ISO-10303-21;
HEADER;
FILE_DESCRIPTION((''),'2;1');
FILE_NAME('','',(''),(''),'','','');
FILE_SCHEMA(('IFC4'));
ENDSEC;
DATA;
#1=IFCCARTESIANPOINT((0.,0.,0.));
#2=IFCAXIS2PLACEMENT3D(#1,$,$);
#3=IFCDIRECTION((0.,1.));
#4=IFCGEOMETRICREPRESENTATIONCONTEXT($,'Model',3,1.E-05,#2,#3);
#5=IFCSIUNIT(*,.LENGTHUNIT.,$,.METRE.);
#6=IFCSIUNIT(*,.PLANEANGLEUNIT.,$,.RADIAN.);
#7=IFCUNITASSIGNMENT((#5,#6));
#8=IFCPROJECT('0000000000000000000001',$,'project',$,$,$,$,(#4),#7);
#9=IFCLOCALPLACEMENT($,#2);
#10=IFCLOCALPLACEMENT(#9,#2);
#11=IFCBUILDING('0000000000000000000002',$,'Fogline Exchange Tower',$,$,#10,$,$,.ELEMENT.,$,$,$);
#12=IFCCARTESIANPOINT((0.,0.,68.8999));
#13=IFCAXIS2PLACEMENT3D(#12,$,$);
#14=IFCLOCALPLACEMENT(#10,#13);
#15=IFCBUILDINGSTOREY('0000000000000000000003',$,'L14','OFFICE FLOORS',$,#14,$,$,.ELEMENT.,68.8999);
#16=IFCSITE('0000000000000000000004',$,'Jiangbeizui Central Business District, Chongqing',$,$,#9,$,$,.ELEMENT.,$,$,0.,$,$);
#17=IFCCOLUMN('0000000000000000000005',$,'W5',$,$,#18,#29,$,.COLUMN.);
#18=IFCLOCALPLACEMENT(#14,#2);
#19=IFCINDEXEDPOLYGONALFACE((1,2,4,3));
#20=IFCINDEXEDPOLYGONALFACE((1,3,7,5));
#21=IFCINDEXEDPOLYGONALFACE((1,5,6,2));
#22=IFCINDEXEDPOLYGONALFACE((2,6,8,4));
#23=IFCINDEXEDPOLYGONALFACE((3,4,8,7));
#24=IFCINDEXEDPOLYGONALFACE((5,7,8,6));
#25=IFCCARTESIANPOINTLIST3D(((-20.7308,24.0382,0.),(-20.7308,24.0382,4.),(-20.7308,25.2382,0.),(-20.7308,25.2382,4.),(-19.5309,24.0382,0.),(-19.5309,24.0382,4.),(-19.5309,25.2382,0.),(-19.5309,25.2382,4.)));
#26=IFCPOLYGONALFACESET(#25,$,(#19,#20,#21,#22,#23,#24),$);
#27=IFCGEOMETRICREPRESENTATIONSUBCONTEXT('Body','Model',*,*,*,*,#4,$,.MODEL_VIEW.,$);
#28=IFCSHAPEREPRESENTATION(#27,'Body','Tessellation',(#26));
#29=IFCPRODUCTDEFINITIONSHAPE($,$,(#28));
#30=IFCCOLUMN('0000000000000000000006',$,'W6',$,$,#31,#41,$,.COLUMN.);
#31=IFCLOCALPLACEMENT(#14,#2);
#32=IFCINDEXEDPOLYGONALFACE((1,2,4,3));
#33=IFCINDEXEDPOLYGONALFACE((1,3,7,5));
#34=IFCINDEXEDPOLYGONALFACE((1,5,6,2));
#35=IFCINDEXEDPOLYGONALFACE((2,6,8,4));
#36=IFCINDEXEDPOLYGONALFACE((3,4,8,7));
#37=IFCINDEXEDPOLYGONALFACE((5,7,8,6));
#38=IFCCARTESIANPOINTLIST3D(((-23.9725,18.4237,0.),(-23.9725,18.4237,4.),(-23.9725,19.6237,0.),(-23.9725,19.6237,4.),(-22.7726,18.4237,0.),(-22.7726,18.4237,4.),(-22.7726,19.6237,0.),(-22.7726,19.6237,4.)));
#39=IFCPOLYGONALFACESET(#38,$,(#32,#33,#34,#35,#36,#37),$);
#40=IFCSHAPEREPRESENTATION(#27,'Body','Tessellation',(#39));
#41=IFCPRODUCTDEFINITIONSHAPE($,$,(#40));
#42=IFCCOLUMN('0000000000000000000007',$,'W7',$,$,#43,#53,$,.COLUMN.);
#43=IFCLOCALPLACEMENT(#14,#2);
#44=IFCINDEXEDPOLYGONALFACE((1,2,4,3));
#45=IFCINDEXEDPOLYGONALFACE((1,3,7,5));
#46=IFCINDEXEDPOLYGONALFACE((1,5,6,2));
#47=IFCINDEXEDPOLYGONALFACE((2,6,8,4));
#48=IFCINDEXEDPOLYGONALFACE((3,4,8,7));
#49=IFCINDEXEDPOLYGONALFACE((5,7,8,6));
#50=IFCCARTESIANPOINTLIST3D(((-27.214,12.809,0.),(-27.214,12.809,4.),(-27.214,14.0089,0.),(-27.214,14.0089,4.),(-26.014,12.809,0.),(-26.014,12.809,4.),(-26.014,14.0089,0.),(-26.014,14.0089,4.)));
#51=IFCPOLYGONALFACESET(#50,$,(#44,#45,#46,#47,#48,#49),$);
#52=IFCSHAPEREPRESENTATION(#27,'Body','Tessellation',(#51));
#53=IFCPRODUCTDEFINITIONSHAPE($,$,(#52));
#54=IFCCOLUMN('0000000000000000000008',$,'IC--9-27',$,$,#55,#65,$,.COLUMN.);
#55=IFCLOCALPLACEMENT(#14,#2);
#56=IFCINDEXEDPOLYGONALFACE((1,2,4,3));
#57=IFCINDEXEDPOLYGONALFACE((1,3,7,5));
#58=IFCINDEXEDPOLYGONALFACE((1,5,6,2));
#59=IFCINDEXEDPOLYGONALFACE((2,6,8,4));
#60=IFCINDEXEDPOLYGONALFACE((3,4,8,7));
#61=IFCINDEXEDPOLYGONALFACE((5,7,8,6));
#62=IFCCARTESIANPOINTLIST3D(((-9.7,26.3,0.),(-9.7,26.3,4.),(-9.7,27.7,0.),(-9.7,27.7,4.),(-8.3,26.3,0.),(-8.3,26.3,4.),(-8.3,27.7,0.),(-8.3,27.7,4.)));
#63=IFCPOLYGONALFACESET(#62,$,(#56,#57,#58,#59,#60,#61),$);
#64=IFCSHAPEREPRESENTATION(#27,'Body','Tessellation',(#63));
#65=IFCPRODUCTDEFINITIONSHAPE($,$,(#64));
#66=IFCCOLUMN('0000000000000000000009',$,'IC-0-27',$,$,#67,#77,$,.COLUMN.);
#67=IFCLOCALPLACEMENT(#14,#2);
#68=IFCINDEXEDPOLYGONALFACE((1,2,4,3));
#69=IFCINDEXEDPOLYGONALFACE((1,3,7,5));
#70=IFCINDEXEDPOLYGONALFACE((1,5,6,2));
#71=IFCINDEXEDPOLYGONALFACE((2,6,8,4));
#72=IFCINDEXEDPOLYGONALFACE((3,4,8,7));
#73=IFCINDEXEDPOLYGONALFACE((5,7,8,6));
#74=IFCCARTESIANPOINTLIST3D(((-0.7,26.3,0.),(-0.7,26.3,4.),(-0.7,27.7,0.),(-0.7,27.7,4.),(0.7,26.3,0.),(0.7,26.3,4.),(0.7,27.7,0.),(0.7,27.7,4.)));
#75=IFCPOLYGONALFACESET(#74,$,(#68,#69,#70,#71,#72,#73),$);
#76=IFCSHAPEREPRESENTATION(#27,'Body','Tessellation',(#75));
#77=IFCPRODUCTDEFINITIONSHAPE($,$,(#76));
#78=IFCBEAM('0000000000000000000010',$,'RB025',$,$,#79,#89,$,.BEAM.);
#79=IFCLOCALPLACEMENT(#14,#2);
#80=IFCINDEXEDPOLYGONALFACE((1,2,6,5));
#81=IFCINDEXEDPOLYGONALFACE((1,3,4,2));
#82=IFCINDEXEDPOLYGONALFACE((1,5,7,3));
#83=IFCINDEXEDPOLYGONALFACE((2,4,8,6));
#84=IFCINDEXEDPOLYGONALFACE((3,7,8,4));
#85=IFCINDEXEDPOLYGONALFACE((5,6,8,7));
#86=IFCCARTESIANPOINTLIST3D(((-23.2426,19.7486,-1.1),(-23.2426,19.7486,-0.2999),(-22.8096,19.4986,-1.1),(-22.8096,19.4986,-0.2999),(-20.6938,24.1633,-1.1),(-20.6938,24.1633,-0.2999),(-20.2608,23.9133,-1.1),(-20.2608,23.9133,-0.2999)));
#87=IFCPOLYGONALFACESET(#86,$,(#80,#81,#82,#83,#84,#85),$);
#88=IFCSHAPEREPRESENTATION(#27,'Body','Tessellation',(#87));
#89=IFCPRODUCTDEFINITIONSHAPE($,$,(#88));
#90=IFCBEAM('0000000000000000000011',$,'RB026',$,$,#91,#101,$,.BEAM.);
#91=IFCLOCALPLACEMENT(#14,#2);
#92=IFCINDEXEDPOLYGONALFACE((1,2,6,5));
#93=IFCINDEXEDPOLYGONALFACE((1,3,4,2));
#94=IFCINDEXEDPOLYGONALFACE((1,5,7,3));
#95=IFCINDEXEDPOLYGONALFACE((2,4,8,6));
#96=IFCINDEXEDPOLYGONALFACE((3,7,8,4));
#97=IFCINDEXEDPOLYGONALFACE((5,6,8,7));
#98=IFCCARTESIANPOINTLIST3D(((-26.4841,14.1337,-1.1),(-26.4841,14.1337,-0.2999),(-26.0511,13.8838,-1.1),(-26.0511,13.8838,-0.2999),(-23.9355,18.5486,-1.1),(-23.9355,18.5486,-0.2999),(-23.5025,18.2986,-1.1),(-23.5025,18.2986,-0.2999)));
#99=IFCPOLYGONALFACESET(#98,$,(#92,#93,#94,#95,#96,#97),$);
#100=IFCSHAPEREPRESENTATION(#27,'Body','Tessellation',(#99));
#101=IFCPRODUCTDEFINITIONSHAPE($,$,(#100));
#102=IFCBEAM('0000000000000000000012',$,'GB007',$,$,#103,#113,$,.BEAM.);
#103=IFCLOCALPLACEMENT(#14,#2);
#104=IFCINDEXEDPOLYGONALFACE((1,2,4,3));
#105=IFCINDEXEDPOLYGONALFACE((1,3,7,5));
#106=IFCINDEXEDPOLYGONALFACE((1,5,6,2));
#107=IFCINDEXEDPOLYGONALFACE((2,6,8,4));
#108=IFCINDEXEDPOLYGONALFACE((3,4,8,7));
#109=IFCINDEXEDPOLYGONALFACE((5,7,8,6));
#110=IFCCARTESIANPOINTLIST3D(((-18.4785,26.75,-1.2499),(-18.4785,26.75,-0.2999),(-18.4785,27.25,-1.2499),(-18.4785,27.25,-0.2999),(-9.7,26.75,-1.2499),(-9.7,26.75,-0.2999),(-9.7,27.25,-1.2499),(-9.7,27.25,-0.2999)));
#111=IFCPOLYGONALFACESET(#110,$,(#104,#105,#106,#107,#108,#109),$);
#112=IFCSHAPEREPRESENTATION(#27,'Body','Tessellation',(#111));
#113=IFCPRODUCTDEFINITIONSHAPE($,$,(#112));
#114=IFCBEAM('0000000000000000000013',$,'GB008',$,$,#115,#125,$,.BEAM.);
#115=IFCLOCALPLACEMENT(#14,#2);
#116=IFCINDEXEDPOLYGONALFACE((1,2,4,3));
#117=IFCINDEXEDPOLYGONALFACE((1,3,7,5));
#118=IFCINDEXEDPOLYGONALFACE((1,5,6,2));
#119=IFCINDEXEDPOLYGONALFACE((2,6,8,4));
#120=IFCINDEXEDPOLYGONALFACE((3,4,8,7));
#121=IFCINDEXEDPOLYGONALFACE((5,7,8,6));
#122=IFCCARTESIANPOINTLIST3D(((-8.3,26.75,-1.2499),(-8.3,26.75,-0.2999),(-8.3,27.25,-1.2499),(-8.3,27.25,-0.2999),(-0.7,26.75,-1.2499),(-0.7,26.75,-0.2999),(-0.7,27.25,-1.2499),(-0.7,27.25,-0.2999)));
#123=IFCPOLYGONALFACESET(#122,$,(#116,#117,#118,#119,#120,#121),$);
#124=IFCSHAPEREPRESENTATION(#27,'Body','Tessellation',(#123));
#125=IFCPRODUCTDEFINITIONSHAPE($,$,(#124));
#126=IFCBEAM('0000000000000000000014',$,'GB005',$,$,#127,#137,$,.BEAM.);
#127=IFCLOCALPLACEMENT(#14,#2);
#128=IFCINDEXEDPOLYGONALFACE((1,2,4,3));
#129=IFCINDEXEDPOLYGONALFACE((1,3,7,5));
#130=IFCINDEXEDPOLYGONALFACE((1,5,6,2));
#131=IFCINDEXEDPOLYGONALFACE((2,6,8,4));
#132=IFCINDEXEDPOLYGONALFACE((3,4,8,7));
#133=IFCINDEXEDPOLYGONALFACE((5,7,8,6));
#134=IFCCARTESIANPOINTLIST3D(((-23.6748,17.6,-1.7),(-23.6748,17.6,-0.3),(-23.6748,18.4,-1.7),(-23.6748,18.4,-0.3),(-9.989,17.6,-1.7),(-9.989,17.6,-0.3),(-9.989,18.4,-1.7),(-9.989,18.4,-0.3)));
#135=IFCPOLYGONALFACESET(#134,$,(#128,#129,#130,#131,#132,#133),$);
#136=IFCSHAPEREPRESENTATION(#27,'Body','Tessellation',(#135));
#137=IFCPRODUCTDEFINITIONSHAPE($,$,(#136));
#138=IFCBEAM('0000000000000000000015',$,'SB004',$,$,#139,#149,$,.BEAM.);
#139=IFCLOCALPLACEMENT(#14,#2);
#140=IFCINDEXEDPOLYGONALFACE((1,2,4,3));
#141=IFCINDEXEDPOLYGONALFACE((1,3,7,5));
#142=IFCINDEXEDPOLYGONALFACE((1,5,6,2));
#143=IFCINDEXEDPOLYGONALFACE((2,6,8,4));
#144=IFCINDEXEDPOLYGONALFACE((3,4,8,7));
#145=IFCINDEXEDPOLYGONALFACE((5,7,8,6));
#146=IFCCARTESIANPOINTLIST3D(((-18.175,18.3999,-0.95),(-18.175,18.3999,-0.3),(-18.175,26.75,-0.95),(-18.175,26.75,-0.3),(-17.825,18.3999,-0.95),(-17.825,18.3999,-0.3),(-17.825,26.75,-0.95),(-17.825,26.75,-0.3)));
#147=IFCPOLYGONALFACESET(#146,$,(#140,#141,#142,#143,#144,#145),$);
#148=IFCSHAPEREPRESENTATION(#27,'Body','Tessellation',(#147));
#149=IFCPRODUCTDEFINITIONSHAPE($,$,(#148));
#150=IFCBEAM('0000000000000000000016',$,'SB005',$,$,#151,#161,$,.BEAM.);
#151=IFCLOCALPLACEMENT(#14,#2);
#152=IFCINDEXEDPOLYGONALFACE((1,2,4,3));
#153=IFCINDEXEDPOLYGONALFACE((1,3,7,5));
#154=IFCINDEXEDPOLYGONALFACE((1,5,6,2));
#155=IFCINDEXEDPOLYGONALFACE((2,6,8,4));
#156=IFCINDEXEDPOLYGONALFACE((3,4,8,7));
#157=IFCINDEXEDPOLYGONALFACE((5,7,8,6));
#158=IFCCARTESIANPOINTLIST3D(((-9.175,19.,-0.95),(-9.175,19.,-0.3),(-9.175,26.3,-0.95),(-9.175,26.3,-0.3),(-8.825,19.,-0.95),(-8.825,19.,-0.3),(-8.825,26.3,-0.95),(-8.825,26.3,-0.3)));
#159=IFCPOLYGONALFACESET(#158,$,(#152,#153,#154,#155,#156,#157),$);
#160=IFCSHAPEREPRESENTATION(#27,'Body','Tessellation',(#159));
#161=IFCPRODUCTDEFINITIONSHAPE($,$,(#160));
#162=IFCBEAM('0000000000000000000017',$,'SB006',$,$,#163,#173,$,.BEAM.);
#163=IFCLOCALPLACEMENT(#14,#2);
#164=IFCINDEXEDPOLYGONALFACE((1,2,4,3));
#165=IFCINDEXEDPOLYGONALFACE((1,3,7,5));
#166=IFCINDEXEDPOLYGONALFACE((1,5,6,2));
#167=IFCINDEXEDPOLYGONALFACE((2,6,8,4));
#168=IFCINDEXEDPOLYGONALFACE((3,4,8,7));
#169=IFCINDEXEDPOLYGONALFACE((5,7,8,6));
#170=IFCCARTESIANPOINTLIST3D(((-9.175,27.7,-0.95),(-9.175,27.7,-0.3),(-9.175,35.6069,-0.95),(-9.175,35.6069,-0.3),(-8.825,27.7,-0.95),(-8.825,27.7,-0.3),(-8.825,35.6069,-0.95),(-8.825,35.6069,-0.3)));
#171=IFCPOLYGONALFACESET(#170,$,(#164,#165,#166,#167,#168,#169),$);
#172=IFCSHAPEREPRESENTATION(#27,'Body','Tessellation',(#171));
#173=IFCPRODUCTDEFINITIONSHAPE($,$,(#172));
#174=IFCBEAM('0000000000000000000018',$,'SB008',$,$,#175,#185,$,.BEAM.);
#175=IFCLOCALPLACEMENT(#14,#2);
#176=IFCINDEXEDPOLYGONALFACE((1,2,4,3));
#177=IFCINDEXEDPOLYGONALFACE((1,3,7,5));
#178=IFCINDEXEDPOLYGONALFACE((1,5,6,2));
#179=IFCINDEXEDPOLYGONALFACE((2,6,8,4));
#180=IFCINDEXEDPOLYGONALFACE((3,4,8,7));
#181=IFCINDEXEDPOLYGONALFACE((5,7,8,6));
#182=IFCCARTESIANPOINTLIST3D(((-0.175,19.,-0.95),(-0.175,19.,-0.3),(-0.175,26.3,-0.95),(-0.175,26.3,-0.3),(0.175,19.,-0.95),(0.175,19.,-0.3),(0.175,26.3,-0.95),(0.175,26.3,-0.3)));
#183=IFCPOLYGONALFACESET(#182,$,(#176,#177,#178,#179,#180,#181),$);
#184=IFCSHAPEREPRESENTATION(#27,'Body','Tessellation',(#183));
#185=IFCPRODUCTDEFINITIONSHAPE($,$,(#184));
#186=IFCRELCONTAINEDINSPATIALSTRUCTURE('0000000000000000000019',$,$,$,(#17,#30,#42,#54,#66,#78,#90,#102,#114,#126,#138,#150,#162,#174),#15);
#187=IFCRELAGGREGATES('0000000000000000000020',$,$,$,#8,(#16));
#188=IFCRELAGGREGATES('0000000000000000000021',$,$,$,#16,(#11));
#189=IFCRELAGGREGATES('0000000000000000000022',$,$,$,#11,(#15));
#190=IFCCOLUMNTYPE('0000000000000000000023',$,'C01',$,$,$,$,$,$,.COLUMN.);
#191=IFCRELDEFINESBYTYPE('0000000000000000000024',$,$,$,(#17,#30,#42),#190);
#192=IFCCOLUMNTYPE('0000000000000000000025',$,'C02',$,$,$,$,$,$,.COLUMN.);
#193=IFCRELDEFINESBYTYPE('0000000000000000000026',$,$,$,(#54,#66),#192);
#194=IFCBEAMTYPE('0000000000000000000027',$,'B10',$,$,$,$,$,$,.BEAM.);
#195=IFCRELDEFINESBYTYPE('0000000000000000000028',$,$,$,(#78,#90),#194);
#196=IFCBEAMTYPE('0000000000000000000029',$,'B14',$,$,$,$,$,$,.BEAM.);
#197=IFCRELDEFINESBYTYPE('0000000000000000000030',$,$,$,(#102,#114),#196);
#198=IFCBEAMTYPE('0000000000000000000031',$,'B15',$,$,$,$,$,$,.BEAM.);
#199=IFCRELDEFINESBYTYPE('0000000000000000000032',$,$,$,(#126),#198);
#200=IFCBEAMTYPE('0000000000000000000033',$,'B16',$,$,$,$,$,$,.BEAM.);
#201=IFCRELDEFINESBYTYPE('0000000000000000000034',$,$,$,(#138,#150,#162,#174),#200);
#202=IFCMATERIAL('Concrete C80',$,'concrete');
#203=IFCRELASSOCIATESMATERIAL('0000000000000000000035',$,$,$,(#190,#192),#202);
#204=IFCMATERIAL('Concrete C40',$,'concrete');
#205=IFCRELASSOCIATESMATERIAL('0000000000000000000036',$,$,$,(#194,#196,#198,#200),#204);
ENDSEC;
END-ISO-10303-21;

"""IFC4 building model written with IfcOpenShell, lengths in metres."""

from ifc_helpers import new_model, si_unit, direction, frame, origin, origin_2d, place, context, subcontext, project, spatial, rectangle, extrude, material, material_profile, profile_set, type_object, element, save


model = new_model("IFC4")

# Units and contexts
model_context = context("Model", 3, precision=1e-05, world=origin(), true_north=direction((0.0, 1.0)))
body_context = subcontext(model_context, "Body", "Model", "MODEL_VIEW")
ifc_project = project(units=[si_unit("LENGTHUNIT", "METRE"), si_unit("PLANEANGLEUNIT", "RADIAN")], contexts=[model_context])

# Site, building, storey
site_placement = place(None, origin())
site = spatial("IfcSite", under=ifc_project, at=site_placement, Name="Jiangbeizui Central Business District, Chongqing", CompositionType="ELEMENT", RefElevation=0.0)
building_placement = place(site_placement, origin())
building = spatial("IfcBuilding", under=site, at=building_placement, Name="Fogline Exchange Tower", CompositionType="ELEMENT")
storey_placement = place(building_placement, frame((0.0, 0.0, 68.8999)))
storey = spatial("IfcBuildingStorey", under=building, at=storey_placement, Name="L14", Description="OFFICE FLOORS", CompositionType="ELEMENT", Elevation=68.8999)

# Columns
ifc_material_1 = material(Name="Concrete C80", Category="concrete")
ifc_material_profile_1 = material_profile(ifc_material_1, rectangle(XDim=1.2, YDim=1.2, at=origin_2d()), Name="RC 1200x1200")
ifc_profile_set_1 = profile_set([ifc_material_profile_1], Name="Concrete C80")
column_type_1 = type_object("IfcColumnType", Name="C01", PredefinedType="COLUMN", material=ifc_profile_set_1)
for number, where, z_axis, x_axis, name in (
    (1, (-20.1309, 24.6382, 0.0), (0.0, 0.0, 1.0), (1.0, 0.0, 0.0), "W5"),
    (2, (-23.3726, 19.0237, 0.0), (0.0, 0.0, 1.0), (1.0, 0.0, 0.0), "W6"),
    (3, (-26.614, 13.4089, 0.0), (0.0, 0.0, 1.0), (1.0, 0.0, 0.0), "W7"),
):
    element("IfcColumn", number, at=place(storey_placement, frame(where, z_axis=z_axis, x_axis=x_axis)), inside=storey, type_object=column_type_1, Name=name, PredefinedType="COLUMN", context=body_context, shape_type="SweptSolid", body=[
        extrude(rectangle(XDim=1.2, YDim=1.2, at=origin_2d()), origin(), (0.0, 0.0, 1.0), 4.0),
    ])
ifc_material_profile_2 = material_profile(ifc_material_1, rectangle(XDim=1.3999, YDim=1.3999, at=origin_2d()), Name="RC 1400x1400")
ifc_profile_set_2 = profile_set([ifc_material_profile_2], Name="Concrete C80")
column_type_2 = type_object("IfcColumnType", Name="C02", PredefinedType="COLUMN", material=ifc_profile_set_2)
for number, where, z_axis, x_axis, name in (
    (4, (-9.0, 27.0, 0.0), (0.0, 0.0, 1.0), (1.0, 0.0, 0.0), "IC--9-27"),
    (5, (0.0, 27.0, 0.0), (0.0, 0.0, 1.0), (1.0, 0.0, 0.0), "IC-0-27"),
):
    element("IfcColumn", number, at=place(storey_placement, frame(where, z_axis=z_axis, x_axis=x_axis)), inside=storey, type_object=column_type_2, Name=name, PredefinedType="COLUMN", context=body_context, shape_type="SweptSolid", body=[
        extrude(rectangle(XDim=1.3999, YDim=1.3999, at=origin_2d()), origin(), (0.0, 0.0, 1.0), 4.0),
    ])

# Beams
ifc_material_2 = material(Name="Concrete C40", Category="concrete")
ifc_material_profile_3 = material_profile(ifc_material_2, rectangle(XDim=0.5, YDim=0.8, at=origin_2d()), Name="RC 500x800")
ifc_profile_set_3 = profile_set([ifc_material_profile_3], Name="Concrete C40")
beam_type_1 = type_object("IfcBeamType", Name="B10", PredefinedType="BEAM", material=ifc_profile_set_3)
for number, where, z_axis, x_axis, name in (
    (6, (-20.4773, 24.0383, -0.7), (-0.499992, -0.86603, 0.0), (0.86603, -0.499992, 0.0), "RB025"),
    (7, (-23.719, 18.4236, -0.7), (-0.499956, -0.866051, 0.0), (0.866051, -0.499956, 0.0), "RB026"),
):
    element("IfcBeam", number, at=place(storey_placement, frame(where, z_axis=z_axis, x_axis=x_axis)), inside=storey, type_object=beam_type_1, Name=name, PredefinedType="BEAM", context=body_context, shape_type="SweptSolid", body=[
        extrude(rectangle(XDim=0.5, YDim=0.8, at=origin_2d()), origin(), (0.0, 0.0, 1.0), 5.0977),
    ])
ifc_material_profile_4 = material_profile(ifc_material_2, rectangle(XDim=0.5, YDim=0.95, at=origin_2d()), Name="RC 500x950")
ifc_profile_set_4 = profile_set([ifc_material_profile_4], Name="Concrete C40")
beam_type_2 = type_object("IfcBeamType", Name="B14", PredefinedType="BEAM", material=ifc_profile_set_4)
beam_1_placement = place(storey_placement, frame((-18.4785, 27.0, -0.7749), z_axis=(1.0, 0.0, 0.0), x_axis=(0.0, 1.0, 0.0)))
element("IfcBeam", 8, at=beam_1_placement, inside=storey, type_object=beam_type_2, Name="GB007", PredefinedType="BEAM", context=body_context, shape_type="SweptSolid", body=[
    extrude(rectangle(XDim=0.5, YDim=0.95, at=origin_2d()), origin(), (0.0, 0.0, 1.0), 8.7786),
])
beam_2_placement = place(storey_placement, frame((-8.3, 27.0, -0.7749), z_axis=(1.0, 0.0, 0.0), x_axis=(0.0, 1.0, 0.0)))
element("IfcBeam", 9, at=beam_2_placement, inside=storey, type_object=beam_type_2, Name="GB008", PredefinedType="BEAM", context=body_context, shape_type="SweptSolid", body=[
    extrude(rectangle(XDim=0.5, YDim=0.95, at=origin_2d()), origin(), (0.0, 0.0, 1.0), 7.6001),
])
ifc_material_profile_5 = material_profile(ifc_material_2, rectangle(XDim=0.8, YDim=1.3999, at=origin_2d()), Name="RC 800x1400")
ifc_profile_set_5 = profile_set([ifc_material_profile_5], Name="Concrete C40")
beam_type_3 = type_object("IfcBeamType", Name="B15", PredefinedType="BEAM", material=ifc_profile_set_5)
beam_3_placement = place(storey_placement, frame((-23.6748, 18.0, -1.0), z_axis=(1.0, 0.0, 0.0), x_axis=(0.0, 1.0, 0.0)))
element("IfcBeam", 10, at=beam_3_placement, inside=storey, type_object=beam_type_3, Name="GB005", PredefinedType="BEAM", context=body_context, shape_type="SweptSolid", body=[
    extrude(rectangle(XDim=0.8, YDim=1.3999, at=origin_2d()), origin(), (0.0, 0.0, 1.0), 13.6858),
])
ifc_material_profile_6 = material_profile(ifc_material_2, rectangle(XDim=0.3501, YDim=0.6499, at=origin_2d()), Name="RC 350x650")
ifc_profile_set_6 = profile_set([ifc_material_profile_6], Name="Concrete C40")
beam_type_4 = type_object("IfcBeamType", Name="B16", PredefinedType="BEAM", material=ifc_profile_set_6)
beam_4_placement = place(storey_placement, frame((-18.0, 18.3999, -0.625), z_axis=(0.0, 1.0, 0.0), x_axis=(-1.0, 0.0, 0.0)))
element("IfcBeam", 11, at=beam_4_placement, inside=storey, type_object=beam_type_4, Name="SB004", PredefinedType="BEAM", context=body_context, shape_type="SweptSolid", body=[
    extrude(rectangle(XDim=0.3501, YDim=0.6499, at=origin_2d()), origin(), (0.0, 0.0, 1.0), 8.3501),
])
beam_5_placement = place(storey_placement, frame((-9.0, 19.0, -0.625), z_axis=(0.0, 1.0, 0.0), x_axis=(-1.0, 0.0, 0.0)))
element("IfcBeam", 12, at=beam_5_placement, inside=storey, type_object=beam_type_4, Name="SB005", PredefinedType="BEAM", context=body_context, shape_type="SweptSolid", body=[
    extrude(rectangle(XDim=0.3501, YDim=0.6499, at=origin_2d()), origin(), (0.0, 0.0, 1.0), 7.3),
])
beam_6_placement = place(storey_placement, frame((-9.0, 27.7, -0.625), z_axis=(0.0, 1.0, 0.0), x_axis=(-1.0, 0.0, 0.0)))
element("IfcBeam", 13, at=beam_6_placement, inside=storey, type_object=beam_type_4, Name="SB006", PredefinedType="BEAM", context=body_context, shape_type="SweptSolid", body=[
    extrude(rectangle(XDim=0.3501, YDim=0.6499, at=origin_2d()), origin(), (0.0, 0.0, 1.0), 7.907),
])
beam_7_placement = place(storey_placement, frame((0.0, 19.0, -0.625), z_axis=(0.0, 1.0, 0.0), x_axis=(-1.0, 0.0, 0.0)))
element("IfcBeam", 14, at=beam_7_placement, inside=storey, type_object=beam_type_4, Name="SB008", PredefinedType="BEAM", context=body_context, shape_type="SweptSolid", body=[
    extrude(rectangle(XDim=0.3501, YDim=0.6499, at=origin_2d()), origin(), (0.0, 0.0, 1.0), 7.3),
])

save(model, "model.ifc")
